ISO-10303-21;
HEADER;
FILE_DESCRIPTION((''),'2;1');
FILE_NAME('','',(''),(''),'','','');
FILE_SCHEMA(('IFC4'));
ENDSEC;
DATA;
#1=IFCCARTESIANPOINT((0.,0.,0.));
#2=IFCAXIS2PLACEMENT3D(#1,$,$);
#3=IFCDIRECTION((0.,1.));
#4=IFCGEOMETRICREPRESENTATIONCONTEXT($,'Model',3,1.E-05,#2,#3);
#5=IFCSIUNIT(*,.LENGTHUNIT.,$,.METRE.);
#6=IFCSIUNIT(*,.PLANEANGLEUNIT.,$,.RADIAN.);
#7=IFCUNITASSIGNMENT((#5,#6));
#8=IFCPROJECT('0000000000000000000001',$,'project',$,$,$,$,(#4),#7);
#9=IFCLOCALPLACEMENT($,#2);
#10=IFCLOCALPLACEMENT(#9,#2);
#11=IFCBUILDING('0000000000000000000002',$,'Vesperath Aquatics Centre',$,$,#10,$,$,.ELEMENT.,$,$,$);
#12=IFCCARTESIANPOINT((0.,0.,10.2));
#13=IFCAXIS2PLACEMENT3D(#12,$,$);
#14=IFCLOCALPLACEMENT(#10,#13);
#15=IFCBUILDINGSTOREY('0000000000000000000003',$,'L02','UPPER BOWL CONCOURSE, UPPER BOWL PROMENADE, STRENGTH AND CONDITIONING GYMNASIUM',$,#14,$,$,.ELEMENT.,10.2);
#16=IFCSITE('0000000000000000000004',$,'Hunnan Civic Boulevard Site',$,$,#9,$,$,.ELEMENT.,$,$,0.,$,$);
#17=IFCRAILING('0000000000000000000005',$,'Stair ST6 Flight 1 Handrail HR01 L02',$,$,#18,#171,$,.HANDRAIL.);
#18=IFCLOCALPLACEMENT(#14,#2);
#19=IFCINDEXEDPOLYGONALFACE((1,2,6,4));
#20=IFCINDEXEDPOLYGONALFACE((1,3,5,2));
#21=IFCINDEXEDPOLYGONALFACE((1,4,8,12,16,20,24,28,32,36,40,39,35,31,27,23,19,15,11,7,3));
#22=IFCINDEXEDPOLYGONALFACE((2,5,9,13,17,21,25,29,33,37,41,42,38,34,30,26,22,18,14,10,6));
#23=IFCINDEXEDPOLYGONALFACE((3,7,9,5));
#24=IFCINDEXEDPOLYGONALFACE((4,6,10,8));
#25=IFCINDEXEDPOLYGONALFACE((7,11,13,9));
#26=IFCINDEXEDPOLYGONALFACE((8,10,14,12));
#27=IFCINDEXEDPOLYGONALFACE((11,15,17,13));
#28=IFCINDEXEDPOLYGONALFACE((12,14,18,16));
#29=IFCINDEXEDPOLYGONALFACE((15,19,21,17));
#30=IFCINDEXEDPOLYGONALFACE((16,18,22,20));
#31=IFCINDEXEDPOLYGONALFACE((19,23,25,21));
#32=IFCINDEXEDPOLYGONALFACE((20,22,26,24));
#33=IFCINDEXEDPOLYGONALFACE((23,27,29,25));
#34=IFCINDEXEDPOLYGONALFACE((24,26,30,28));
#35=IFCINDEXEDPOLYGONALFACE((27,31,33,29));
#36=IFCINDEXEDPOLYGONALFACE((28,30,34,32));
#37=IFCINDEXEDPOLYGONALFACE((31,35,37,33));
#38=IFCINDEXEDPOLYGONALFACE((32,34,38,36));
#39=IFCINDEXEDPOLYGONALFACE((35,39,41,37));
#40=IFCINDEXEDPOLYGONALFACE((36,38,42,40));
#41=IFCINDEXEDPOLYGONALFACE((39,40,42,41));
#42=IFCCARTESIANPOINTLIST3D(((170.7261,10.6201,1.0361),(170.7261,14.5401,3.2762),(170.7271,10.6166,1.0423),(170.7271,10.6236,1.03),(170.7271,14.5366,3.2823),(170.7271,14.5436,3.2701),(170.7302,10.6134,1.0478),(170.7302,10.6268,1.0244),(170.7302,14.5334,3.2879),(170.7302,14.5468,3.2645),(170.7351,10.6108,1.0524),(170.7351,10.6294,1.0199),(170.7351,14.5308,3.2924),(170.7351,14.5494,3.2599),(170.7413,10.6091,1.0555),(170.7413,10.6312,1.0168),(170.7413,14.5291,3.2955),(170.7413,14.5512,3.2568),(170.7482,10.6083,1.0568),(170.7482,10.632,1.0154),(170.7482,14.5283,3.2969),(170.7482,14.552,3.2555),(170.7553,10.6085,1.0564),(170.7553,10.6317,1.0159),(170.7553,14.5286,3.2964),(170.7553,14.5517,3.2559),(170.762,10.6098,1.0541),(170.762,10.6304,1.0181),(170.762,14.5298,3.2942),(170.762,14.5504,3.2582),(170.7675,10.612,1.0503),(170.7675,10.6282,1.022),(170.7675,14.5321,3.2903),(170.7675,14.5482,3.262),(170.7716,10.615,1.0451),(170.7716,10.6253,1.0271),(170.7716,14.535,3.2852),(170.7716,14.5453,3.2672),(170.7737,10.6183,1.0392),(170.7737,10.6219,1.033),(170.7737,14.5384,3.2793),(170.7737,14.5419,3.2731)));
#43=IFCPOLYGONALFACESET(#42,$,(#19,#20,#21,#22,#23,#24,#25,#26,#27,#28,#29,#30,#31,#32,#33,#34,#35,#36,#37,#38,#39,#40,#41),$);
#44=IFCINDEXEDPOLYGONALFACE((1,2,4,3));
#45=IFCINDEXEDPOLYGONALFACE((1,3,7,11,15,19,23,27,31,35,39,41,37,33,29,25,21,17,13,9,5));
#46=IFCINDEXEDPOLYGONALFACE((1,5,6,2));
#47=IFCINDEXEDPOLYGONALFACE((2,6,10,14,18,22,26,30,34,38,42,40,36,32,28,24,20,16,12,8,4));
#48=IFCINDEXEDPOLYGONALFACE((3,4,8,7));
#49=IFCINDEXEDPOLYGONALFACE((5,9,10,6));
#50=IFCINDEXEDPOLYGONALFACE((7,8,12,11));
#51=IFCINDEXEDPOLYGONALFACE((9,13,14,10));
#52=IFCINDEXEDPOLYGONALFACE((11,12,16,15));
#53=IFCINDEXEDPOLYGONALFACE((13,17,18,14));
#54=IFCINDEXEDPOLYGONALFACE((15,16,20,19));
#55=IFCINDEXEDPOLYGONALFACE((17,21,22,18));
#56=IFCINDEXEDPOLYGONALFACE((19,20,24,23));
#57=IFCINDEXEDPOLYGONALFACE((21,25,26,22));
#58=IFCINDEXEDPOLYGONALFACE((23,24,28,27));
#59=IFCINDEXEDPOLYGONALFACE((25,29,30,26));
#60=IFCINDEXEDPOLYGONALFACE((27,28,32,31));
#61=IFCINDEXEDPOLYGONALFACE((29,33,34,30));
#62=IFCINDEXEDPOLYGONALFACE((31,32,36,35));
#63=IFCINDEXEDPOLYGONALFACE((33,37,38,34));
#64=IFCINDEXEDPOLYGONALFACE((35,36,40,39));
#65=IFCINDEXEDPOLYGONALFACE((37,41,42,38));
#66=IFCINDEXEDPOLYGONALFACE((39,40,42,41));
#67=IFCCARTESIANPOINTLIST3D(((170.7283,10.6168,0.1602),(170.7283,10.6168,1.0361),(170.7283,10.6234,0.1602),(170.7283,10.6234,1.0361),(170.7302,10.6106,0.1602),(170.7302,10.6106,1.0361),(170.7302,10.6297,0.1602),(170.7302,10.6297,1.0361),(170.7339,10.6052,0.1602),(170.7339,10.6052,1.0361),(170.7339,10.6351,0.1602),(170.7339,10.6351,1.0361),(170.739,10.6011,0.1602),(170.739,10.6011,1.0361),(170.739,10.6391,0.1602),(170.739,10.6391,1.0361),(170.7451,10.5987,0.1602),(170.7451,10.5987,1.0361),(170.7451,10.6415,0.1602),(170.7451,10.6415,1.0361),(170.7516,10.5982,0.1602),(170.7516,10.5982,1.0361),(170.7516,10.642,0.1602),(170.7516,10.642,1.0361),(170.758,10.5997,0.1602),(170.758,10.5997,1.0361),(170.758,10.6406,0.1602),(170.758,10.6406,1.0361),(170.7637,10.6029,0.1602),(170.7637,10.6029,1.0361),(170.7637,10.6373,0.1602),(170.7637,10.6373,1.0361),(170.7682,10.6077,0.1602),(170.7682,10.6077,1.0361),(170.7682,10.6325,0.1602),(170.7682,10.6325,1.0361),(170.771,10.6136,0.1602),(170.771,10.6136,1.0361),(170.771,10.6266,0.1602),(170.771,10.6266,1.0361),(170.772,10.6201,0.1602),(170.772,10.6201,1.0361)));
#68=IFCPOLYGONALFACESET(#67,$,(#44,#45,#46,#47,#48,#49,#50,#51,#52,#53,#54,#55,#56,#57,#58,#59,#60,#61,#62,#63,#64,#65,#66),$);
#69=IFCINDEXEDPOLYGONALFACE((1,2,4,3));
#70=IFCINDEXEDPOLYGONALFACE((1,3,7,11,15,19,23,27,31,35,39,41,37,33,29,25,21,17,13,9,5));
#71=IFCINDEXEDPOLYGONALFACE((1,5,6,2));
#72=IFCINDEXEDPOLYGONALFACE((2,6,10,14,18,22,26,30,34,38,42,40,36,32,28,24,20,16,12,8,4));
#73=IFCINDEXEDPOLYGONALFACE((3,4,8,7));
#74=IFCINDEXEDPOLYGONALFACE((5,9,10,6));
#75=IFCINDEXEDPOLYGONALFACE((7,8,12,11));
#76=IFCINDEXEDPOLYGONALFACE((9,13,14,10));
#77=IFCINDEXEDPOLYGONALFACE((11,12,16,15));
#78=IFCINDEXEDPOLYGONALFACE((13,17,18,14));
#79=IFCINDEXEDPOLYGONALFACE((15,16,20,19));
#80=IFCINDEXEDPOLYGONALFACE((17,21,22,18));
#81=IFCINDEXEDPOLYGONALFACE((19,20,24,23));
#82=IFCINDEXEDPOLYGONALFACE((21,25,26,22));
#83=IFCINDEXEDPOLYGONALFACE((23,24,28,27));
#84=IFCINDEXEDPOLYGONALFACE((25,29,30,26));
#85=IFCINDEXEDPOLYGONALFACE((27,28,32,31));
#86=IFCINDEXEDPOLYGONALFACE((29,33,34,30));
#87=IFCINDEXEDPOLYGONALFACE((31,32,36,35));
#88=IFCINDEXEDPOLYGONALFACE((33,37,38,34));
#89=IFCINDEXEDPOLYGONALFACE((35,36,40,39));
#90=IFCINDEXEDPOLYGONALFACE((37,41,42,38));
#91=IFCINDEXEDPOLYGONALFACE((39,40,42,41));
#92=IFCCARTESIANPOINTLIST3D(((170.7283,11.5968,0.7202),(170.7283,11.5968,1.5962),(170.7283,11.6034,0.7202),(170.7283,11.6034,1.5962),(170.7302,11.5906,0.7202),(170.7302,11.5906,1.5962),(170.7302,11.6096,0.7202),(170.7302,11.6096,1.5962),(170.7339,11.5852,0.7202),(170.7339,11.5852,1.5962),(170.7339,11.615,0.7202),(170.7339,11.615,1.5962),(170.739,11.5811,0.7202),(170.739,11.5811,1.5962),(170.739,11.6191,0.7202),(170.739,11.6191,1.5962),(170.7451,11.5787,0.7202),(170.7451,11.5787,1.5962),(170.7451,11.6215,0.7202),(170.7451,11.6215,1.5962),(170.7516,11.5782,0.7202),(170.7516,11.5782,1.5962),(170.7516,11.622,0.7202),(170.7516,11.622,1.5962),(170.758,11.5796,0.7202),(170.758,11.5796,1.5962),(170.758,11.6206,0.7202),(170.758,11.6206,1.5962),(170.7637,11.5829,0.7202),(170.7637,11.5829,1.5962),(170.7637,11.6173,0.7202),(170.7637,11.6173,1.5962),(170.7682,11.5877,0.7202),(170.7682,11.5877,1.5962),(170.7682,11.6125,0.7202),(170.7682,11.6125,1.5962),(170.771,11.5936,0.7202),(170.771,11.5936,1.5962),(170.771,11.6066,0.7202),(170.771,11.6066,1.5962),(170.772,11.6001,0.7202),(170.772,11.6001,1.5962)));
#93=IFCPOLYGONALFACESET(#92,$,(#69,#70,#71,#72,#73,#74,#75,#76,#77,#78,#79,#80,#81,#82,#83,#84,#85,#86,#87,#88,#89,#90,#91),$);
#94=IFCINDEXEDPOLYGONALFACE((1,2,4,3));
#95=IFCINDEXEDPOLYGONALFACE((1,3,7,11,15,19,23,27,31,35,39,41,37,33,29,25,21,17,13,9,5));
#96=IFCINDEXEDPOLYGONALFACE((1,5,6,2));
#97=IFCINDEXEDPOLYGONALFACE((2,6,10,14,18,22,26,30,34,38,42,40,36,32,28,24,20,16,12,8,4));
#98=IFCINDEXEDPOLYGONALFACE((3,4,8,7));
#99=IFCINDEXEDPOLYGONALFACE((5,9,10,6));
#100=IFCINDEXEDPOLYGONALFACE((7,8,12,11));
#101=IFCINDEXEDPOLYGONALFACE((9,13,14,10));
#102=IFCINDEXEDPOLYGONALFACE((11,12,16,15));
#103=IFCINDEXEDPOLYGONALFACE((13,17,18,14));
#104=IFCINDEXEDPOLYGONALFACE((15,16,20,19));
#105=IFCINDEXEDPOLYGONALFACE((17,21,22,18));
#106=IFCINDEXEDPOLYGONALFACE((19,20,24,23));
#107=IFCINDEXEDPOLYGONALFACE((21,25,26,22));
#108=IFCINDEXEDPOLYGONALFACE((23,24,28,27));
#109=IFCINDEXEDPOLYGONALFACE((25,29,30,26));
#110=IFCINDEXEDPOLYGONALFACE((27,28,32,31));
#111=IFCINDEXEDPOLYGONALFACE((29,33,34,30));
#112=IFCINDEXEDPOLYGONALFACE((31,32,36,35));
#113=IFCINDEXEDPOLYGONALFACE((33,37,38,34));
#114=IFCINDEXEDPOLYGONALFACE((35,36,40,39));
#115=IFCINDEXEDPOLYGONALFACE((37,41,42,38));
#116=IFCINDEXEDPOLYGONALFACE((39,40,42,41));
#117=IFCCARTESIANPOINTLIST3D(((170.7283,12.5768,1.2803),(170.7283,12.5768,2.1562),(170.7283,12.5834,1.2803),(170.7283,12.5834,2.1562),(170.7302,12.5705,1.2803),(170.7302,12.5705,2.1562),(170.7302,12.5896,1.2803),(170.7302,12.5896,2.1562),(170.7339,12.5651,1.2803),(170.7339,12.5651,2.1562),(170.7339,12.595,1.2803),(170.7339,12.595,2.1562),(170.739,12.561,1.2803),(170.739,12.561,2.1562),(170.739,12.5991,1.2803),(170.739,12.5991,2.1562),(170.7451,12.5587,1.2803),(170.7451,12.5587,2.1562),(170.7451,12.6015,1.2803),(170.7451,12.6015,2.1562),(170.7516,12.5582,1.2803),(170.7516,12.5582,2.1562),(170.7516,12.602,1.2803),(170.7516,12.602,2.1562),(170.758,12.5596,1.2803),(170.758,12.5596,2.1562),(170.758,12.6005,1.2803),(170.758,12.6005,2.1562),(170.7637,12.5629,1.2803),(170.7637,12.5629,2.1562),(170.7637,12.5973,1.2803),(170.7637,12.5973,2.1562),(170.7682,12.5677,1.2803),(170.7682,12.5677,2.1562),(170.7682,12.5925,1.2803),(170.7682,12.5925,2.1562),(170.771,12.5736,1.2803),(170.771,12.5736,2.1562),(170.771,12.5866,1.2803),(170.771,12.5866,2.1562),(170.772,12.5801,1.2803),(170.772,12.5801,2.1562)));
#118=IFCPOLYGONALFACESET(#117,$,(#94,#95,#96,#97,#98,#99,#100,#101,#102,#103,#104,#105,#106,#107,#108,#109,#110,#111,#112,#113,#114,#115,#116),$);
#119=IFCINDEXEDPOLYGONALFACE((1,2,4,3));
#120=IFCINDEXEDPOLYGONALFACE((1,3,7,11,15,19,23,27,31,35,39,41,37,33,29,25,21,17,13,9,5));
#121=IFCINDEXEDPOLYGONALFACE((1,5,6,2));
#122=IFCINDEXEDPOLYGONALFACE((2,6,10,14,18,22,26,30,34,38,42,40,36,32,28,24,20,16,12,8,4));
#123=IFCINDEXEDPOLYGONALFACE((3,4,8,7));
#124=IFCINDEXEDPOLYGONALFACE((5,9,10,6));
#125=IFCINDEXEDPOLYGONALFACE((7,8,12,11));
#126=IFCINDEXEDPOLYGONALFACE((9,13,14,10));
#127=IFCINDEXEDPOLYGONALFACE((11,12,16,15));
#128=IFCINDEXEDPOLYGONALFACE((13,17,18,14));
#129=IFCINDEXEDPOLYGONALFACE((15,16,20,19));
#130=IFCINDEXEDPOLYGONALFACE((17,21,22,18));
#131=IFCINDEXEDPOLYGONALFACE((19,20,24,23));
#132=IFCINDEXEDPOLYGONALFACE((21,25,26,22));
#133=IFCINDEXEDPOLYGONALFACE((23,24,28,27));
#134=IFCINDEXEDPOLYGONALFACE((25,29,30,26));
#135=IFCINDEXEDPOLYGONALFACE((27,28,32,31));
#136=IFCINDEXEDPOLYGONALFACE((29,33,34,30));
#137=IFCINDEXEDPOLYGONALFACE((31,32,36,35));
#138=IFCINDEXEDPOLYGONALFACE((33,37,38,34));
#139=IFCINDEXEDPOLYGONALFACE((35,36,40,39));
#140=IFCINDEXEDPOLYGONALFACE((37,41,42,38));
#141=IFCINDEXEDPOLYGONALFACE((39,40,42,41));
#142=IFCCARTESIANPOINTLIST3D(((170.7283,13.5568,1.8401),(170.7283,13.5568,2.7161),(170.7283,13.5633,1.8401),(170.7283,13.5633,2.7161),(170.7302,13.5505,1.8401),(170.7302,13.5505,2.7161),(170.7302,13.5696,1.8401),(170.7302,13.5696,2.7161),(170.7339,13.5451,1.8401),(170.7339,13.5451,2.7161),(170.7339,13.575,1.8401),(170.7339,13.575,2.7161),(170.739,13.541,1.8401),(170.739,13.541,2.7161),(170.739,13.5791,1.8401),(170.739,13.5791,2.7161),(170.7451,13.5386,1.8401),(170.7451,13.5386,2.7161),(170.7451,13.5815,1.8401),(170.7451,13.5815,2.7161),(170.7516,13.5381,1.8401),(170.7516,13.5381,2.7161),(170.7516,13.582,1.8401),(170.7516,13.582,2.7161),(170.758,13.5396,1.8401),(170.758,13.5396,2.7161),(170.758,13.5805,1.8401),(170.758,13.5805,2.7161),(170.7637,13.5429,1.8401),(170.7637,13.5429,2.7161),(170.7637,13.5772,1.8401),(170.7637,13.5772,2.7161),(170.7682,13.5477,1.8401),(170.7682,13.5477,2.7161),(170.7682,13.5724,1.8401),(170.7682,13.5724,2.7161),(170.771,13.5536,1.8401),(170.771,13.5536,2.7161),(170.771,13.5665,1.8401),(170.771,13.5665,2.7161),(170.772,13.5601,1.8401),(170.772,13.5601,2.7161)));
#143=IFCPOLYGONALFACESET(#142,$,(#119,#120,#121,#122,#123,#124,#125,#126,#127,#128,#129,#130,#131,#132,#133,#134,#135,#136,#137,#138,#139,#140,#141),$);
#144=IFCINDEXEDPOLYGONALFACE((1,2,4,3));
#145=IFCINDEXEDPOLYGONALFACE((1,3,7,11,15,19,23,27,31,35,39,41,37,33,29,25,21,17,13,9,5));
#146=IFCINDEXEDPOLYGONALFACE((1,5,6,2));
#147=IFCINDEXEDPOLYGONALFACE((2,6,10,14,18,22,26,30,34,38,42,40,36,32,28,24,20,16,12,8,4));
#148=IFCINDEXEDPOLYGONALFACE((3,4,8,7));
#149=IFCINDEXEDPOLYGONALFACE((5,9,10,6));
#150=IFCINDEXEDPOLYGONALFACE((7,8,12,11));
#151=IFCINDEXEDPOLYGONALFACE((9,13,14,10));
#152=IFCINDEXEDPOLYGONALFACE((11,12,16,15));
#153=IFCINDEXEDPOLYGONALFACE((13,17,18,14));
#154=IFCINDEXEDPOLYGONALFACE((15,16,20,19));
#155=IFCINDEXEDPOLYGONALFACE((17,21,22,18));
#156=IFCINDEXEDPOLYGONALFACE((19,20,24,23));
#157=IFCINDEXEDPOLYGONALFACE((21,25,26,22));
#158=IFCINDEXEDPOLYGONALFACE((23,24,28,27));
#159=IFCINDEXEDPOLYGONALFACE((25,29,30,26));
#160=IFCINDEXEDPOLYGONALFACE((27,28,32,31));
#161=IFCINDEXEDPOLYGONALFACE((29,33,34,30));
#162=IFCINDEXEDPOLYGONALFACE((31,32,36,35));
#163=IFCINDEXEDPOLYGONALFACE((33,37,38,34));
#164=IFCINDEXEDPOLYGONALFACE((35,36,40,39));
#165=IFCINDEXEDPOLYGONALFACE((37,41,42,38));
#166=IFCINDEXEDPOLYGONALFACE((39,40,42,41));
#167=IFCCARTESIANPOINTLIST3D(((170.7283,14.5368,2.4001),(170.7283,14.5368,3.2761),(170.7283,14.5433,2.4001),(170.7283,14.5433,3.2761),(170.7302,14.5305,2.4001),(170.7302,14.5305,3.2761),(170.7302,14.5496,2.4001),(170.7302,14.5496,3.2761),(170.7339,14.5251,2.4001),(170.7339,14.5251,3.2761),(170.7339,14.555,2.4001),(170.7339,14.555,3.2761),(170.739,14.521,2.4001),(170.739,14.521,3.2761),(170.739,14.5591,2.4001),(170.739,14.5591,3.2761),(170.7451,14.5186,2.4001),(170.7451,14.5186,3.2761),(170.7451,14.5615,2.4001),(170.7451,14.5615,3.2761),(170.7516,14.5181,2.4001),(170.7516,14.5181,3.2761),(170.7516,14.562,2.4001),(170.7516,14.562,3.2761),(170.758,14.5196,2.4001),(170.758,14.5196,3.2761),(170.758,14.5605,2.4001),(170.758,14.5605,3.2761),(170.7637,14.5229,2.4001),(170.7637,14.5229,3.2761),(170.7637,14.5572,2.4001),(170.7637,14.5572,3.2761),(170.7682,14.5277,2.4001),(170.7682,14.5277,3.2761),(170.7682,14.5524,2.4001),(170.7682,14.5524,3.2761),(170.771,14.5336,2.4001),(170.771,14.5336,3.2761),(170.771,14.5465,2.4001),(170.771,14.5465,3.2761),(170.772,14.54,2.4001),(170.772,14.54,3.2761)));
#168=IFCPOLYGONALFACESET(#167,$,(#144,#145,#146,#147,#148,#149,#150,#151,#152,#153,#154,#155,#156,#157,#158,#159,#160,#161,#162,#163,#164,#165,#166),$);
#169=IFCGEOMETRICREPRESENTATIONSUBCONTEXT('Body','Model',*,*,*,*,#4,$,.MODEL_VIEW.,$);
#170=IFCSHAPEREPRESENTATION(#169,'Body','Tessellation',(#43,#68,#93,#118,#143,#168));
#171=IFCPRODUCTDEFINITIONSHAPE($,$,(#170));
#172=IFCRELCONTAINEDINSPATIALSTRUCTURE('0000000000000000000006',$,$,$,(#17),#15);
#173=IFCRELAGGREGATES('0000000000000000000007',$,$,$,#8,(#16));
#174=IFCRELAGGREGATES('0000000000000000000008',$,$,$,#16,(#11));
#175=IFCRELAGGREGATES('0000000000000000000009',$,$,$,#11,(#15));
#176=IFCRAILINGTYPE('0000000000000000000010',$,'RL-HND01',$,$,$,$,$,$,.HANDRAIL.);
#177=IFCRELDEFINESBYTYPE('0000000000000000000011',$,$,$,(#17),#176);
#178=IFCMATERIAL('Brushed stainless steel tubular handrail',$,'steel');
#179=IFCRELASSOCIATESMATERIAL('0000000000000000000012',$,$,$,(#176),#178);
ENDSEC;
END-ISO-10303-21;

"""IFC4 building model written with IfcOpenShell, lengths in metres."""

from ifc_helpers import new_model, si_unit, direction, frame, origin, origin_2d, place, context, subcontext, project, spatial, circle, extrude, material, type_object, element, save


model = new_model("IFC4")

# Units and contexts
model_context = context("Model", 3, precision=1e-05, world=origin(), true_north=direction((0.0, 1.0)))
body_context = subcontext(model_context, "Body", "Model", "MODEL_VIEW")
ifc_project = project(units=[si_unit("LENGTHUNIT", "METRE"), si_unit("PLANEANGLEUNIT", "RADIAN")], contexts=[model_context])

# Site, building, storey
site_placement = place(None, origin())
site = spatial("IfcSite", under=ifc_project, at=site_placement, Name="Hunnan Civic Boulevard Site", CompositionType="ELEMENT", RefElevation=0.0)
building_placement = place(site_placement, origin())
building = spatial("IfcBuilding", under=site, at=building_placement, Name="Vesperath Aquatics Centre", CompositionType="ELEMENT")
storey_placement = place(building_placement, frame((0.0, 0.0, 10.2)))
storey = spatial("IfcBuildingStorey", under=building, at=storey_placement, Name="L02", Description="UPPER BOWL CONCOURSE, UPPER BOWL PROMENADE, STRENGTH AND CONDITIONING GYMNASIUM", CompositionType="ELEMENT", Elevation=10.2)

# Railing
ifc_material_1 = material(Name="Brushed stainless steel tubular handrail", Category="steel")
railing_type_1 = type_object("IfcRailingType", Name="RL-HND01", PredefinedType="HANDRAIL", material=ifc_material_1)
railing_1_placement = place(storey_placement, frame((170.75, 10.6201, 0.1602)))
element("IfcRailing", 1, at=railing_1_placement, inside=storey, type_object=railing_type_1, Name="Stair ST6 Flight 1 Handrail HR01 L02", PredefinedType="HANDRAIL", context=body_context, shape_type="SweptSolid", body=[
    extrude(circle(Radius=0.0239, at=origin_2d()), frame((0.0, 0.0, 0.876), z_axis=(0.0, 0.86824, 0.496145), x_axis=(-1.0, 0.0, 0.0)), (0.0, 0.0, 1.0), 4.5149),
    extrude(circle(Radius=0.022, at=origin_2d()), origin(), (0.0, 0.0, 1.0), 0.876),
    extrude(circle(Radius=0.022, at=origin_2d()), frame((0.0, 0.98, 0.5601)), (0.0, 0.0, 1.0), 0.876),
    extrude(circle(Radius=0.022, at=origin_2d()), frame((0.0, 1.96, 1.1201)), (0.0, 0.0, 1.0), 0.876),
    extrude(circle(Radius=0.022, at=origin_2d()), frame((0.0, 2.9399, 1.6799)), (0.0, 0.0, 1.0), 0.876),
    extrude(circle(Radius=0.022, at=origin_2d()), frame((0.0, 3.9199, 2.24)), (0.0, 0.0, 1.0), 0.876),
])

save(model, "model.ifc")
